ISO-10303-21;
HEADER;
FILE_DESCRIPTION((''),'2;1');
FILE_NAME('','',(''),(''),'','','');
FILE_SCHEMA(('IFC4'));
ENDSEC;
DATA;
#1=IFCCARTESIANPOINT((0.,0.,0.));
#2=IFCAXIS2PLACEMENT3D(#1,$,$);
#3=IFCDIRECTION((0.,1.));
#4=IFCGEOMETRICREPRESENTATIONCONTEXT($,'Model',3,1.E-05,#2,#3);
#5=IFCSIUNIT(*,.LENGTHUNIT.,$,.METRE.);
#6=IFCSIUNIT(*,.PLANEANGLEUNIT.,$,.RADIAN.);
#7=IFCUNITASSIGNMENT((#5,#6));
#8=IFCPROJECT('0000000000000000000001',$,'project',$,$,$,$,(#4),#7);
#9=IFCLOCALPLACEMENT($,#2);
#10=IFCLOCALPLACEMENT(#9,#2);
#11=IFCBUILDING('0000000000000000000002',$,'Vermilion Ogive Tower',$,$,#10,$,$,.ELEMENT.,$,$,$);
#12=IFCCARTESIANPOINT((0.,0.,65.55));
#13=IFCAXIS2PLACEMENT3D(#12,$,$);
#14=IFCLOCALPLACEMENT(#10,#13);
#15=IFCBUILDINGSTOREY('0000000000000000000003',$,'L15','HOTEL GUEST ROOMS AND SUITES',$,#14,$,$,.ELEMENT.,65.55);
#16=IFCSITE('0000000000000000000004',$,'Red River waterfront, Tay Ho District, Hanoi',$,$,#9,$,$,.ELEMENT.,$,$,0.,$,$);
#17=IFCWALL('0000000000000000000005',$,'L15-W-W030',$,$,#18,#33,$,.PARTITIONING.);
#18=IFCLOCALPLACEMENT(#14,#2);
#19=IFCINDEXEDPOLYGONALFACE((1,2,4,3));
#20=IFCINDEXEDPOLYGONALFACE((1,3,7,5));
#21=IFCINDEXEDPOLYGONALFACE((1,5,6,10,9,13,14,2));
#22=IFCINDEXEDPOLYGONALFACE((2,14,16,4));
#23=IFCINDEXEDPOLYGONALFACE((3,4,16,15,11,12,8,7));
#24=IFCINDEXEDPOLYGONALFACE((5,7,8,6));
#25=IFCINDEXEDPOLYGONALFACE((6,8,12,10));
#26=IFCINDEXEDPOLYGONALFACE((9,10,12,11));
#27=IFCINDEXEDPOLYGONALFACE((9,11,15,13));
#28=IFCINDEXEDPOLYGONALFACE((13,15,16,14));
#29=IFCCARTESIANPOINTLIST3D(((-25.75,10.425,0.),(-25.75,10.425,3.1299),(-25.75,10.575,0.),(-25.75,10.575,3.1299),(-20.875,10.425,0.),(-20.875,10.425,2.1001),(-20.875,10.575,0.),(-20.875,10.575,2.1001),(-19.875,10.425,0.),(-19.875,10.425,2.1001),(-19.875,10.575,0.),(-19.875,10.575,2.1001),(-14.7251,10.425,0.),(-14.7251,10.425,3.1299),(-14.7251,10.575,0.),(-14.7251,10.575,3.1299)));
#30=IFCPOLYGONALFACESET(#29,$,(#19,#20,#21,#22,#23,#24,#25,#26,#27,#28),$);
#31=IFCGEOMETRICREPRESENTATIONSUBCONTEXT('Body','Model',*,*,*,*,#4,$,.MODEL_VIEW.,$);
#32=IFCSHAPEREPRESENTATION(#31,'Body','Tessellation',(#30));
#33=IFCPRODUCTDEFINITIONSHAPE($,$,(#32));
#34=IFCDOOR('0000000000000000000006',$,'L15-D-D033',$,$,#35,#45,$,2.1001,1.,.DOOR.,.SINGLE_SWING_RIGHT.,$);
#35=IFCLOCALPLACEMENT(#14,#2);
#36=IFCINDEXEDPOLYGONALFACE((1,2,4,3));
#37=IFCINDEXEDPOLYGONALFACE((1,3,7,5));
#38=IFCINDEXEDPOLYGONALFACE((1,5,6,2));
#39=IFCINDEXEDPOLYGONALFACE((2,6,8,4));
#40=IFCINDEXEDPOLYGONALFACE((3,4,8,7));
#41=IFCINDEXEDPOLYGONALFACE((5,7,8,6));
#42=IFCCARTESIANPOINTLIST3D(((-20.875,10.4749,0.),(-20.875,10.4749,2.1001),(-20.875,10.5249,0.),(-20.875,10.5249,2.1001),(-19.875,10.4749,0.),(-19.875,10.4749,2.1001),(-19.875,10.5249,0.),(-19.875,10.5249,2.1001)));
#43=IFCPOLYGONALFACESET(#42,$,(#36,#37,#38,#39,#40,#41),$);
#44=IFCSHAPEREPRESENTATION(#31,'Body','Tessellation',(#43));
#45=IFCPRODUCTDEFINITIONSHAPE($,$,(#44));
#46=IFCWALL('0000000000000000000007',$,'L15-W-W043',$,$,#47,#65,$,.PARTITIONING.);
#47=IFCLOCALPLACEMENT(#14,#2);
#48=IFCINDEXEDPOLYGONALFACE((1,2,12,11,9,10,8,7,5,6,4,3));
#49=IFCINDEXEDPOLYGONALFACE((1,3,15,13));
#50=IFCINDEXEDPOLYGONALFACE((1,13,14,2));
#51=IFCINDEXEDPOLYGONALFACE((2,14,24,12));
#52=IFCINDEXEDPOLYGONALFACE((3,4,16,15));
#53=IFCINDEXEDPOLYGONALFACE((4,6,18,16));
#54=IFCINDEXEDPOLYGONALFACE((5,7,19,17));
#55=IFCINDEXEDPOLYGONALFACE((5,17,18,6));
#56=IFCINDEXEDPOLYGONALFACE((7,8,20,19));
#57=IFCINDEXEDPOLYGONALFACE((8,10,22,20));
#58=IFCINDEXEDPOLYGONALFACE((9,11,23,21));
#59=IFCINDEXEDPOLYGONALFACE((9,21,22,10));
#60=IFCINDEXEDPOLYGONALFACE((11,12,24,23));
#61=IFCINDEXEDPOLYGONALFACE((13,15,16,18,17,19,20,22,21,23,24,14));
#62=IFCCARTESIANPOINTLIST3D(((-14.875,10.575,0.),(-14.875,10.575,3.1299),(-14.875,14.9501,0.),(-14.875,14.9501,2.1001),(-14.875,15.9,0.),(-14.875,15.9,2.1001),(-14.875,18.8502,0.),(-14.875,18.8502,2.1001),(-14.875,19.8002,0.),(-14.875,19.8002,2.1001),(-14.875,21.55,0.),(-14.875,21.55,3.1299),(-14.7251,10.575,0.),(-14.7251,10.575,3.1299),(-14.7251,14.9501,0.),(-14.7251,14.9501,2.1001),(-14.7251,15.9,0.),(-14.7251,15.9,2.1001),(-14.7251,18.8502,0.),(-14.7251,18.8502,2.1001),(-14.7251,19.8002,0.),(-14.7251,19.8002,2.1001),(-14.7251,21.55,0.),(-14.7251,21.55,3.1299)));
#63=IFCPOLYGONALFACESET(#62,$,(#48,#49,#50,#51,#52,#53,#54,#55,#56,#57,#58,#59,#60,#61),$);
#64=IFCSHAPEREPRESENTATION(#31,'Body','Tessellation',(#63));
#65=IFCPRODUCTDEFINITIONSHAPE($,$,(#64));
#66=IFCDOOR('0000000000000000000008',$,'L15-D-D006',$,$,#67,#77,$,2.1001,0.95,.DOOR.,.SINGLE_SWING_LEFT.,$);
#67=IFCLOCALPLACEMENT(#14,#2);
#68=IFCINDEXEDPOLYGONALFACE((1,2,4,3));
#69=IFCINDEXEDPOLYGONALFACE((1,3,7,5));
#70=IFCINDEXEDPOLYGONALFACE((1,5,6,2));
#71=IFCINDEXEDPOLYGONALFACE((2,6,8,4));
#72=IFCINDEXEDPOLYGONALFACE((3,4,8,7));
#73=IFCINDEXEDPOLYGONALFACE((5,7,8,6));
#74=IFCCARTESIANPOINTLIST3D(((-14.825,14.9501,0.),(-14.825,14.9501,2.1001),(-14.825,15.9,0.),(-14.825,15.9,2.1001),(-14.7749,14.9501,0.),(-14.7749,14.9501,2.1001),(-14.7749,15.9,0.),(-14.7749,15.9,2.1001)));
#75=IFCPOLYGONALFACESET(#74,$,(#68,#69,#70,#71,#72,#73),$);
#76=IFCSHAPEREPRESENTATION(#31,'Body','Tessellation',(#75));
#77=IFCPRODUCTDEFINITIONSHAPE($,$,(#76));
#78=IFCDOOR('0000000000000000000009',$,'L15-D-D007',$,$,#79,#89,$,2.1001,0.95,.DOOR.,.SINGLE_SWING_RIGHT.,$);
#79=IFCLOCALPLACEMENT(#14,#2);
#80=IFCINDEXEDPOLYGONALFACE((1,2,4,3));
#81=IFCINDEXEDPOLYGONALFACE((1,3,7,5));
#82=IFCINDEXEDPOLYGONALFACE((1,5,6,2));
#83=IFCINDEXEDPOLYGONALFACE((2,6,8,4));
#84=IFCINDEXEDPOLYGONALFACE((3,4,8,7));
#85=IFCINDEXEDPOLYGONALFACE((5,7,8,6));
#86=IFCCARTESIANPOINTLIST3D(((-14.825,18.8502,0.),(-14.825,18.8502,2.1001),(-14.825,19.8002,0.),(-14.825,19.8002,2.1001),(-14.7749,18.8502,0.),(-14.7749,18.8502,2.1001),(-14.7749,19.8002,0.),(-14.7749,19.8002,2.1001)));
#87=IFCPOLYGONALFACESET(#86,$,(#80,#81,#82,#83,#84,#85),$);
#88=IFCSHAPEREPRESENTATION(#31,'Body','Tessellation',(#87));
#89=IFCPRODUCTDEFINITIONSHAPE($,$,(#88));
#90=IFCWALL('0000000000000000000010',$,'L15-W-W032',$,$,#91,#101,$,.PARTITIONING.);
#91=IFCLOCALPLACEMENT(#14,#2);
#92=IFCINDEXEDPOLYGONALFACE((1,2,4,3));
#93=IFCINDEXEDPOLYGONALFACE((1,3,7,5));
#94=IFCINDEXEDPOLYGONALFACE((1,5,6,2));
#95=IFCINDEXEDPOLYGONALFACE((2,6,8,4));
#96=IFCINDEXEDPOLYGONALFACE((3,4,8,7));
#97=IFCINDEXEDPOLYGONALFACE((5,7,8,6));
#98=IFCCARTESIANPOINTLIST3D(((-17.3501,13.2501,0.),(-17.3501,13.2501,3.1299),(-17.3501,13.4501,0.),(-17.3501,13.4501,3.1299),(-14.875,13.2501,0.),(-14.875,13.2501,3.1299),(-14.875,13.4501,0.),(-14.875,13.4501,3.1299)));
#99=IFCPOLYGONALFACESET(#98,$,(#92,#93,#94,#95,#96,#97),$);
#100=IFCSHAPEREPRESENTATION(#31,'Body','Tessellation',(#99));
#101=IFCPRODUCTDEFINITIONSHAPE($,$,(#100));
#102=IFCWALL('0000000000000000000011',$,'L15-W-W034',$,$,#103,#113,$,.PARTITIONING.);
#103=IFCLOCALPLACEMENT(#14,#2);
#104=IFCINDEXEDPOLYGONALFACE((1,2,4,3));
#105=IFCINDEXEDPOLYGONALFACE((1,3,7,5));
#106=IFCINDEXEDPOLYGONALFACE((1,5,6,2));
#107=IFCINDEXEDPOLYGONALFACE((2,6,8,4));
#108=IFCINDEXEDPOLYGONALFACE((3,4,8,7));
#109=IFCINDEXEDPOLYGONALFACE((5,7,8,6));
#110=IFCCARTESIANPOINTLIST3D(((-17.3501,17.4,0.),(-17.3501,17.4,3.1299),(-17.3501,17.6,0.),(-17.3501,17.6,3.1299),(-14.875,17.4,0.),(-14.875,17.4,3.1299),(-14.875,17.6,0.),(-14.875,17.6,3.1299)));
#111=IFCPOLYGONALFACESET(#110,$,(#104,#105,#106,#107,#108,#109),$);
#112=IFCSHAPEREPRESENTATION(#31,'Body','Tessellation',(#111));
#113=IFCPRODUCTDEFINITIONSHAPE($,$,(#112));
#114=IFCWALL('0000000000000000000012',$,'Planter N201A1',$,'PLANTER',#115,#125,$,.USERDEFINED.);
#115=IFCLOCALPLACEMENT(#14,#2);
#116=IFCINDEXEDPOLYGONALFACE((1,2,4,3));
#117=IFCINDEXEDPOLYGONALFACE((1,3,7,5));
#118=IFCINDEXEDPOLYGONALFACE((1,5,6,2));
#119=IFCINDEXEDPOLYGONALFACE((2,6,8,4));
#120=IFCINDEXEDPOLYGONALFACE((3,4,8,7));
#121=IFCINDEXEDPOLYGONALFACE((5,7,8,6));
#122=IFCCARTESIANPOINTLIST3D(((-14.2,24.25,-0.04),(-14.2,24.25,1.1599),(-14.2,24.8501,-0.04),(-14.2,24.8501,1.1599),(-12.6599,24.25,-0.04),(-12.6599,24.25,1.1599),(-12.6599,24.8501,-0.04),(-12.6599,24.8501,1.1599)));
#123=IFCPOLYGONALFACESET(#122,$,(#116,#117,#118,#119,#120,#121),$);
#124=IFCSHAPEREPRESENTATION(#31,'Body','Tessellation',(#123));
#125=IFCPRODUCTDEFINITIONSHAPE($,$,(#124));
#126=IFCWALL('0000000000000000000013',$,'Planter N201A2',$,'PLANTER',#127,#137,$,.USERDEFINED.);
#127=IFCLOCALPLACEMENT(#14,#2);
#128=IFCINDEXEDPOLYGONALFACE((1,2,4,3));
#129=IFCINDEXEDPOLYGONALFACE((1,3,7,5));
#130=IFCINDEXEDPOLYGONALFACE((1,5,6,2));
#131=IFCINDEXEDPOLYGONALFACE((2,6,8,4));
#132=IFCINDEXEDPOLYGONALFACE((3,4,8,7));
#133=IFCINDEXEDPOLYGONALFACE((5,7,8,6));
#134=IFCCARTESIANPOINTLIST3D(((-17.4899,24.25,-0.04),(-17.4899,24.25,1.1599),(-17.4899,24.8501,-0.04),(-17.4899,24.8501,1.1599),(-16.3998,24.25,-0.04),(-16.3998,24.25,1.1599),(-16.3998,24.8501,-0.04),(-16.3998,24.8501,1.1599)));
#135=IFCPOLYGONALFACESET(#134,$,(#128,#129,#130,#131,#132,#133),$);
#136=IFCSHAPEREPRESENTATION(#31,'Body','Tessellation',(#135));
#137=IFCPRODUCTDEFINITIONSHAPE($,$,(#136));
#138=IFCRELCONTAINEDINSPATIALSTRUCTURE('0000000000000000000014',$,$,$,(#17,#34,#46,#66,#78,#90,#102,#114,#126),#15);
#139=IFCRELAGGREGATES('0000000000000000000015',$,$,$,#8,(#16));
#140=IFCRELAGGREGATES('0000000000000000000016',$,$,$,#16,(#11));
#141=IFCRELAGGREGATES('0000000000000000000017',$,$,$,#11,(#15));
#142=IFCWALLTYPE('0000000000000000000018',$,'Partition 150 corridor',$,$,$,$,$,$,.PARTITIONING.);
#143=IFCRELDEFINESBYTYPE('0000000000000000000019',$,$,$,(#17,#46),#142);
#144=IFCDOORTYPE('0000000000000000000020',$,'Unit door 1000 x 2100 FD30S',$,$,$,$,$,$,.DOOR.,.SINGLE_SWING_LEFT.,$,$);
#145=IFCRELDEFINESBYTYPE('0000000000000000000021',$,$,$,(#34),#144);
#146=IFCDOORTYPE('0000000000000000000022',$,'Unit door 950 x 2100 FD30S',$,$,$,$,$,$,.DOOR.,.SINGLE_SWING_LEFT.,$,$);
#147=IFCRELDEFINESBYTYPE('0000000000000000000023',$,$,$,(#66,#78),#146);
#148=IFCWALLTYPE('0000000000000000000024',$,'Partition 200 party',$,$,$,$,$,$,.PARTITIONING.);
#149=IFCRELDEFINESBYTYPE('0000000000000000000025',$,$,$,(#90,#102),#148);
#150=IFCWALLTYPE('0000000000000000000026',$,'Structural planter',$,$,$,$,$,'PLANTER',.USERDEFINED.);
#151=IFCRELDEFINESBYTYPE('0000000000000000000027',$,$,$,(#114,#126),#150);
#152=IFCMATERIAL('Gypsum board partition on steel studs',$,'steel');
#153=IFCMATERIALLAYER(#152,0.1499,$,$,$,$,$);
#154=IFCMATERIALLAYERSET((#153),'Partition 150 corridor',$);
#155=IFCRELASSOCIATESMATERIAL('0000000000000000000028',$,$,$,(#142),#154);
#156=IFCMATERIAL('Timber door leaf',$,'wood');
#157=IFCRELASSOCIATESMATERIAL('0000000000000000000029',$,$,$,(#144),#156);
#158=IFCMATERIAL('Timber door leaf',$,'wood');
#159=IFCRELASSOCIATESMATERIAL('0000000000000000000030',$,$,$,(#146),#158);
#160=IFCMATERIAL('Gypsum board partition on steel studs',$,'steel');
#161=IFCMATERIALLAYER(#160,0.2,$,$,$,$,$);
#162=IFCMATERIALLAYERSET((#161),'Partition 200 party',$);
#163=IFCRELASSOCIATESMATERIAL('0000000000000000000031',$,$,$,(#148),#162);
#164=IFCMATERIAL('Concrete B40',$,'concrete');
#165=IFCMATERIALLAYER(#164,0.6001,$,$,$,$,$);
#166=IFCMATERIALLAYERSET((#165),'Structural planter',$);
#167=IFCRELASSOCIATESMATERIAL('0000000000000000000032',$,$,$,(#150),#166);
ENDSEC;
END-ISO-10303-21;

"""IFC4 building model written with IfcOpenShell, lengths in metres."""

from ifc_helpers import new_model, si_unit, direction, frame, frame_2d, origin, place, context, subcontext, project, spatial, rectangle, extrude, material, layer, layer_set, type_object, element, fill, save


model = new_model("IFC4")

# Units and contexts
model_context = context("Model", 3, precision=1e-05, world=origin(), true_north=direction((0.0, 1.0)))
body_context = subcontext(model_context, "Body", "Model", "MODEL_VIEW")
ifc_project = project(units=[si_unit("LENGTHUNIT", "METRE"), si_unit("PLANEANGLEUNIT", "RADIAN")], contexts=[model_context])

# Site, building, storey
site_placement = place(None, origin())
site = spatial("IfcSite", under=ifc_project, at=site_placement, Name="Red River waterfront, Tay Ho District, Hanoi", CompositionType="ELEMENT", RefElevation=0.0)
building_placement = place(site_placement, origin())
building = spatial("IfcBuilding", under=site, at=building_placement, Name="Vermilion Ogive Tower", CompositionType="ELEMENT")
storey_placement = place(building_placement, frame((0.0, 0.0, 65.55)))
storey = spatial("IfcBuildingStorey", under=building, at=storey_placement, Name="L15", Description="HOTEL GUEST ROOMS AND SUITES", CompositionType="ELEMENT", Elevation=65.55)

# Wall, opening, door
ifc_material_1 = material(Name="Gypsum board partition on steel studs", Category="steel")
ifc_layer_1 = layer(ifc_material_1, 0.1499)
ifc_layer_set_1 = layer_set([ifc_layer_1], Name="Partition 150 corridor")
wall_type_1 = type_object("IfcWallType", Name="Partition 150 corridor", PredefinedType="PARTITIONING", material=ifc_layer_set_1)
ifc_material_2 = material(Name="Timber door leaf", Category="wood")
door_type_1 = type_object("IfcDoorType", Name="Unit door 1000 x 2100 FD30S", OperationType="SINGLE_SWING_LEFT", PredefinedType="DOOR", material=ifc_material_2)
wall_1_placement = place(storey_placement, frame((-25.75, 10.5, 0.0), z_axis=(0.0, 0.0, 1.0), x_axis=(1.0, 0.0, 0.0)))
wall_1 = element("IfcWall", 1, at=wall_1_placement, inside=storey, type_object=wall_type_1, Name="L15-W-W030", PredefinedType="PARTITIONING", context=body_context, shape_type="SweptSolid", body=[
    extrude(rectangle(XDim=11.0249, YDim=0.1499, at=frame_2d((5.5125, 0.0))), origin(), (0.0, 0.0, 1.0), 3.1299),
])
opening_1_placement = place(wall_1_placement, frame((4.875, 0.0, 0.0)))
opening_1 = element("IfcOpeningElement", 2, at=opening_1_placement, cuts=wall_1, PredefinedType="OPENING", context=body_context, shape_type="SweptSolid", body=[
    extrude(rectangle(XDim=1.0, YDim=2.1001, at=frame_2d((0.5, 1.05))), frame((0.0, 0.085, 0.0), z_axis=(0.0, -1.0, 0.0), x_axis=(1.0, 0.0, 0.0)), (0.0, 0.0, 1.0), 0.1699),
])
door_1_placement = place(opening_1_placement, origin())
door_1 = element("IfcDoor", 3, at=door_1_placement, inside=storey, type_object=door_type_1, Name="L15-D-D033", OperationType="SINGLE_SWING_RIGHT", OverallHeight=2.1001, OverallWidth=1.0, PredefinedType="DOOR", context=body_context, shape_type="SweptSolid", body=[
    extrude(rectangle(XDim=1.0, YDim=2.1001, at=frame_2d((0.5, 1.05))), frame((0.0, 0.0249, 0.0), z_axis=(0.0, -1.0, 0.0), x_axis=(1.0, 0.0, 0.0)), (0.0, 0.0, 1.0), 0.05),
])
fill(opening_1, door_1)

# Wall, openings, doors
wall_2_placement = place(storey_placement, frame((-14.8, 10.575, 0.0), z_axis=(0.0, 0.0, 1.0), x_axis=(0.0, 1.0, 0.0)))
wall_2 = element("IfcWall", 4, at=wall_2_placement, inside=storey, type_object=wall_type_1, Name="L15-W-W043", PredefinedType="PARTITIONING", context=body_context, shape_type="SweptSolid", body=[
    extrude(rectangle(XDim=10.9751, YDim=0.1499, at=frame_2d((5.4875, 0.0))), origin(), (0.0, 0.0, 1.0), 3.1299),
])
opening_2_placement = place(wall_2_placement, frame((4.375, 0.0, 0.0)))
opening_2 = element("IfcOpeningElement", 5, at=opening_2_placement, cuts=wall_2, PredefinedType="OPENING", context=body_context, shape_type="SweptSolid", body=[
    extrude(rectangle(XDim=0.95, YDim=2.1001, at=frame_2d((0.4751, 1.05))), frame((0.0, 0.085, 0.0), z_axis=(0.0, -1.0, 0.0), x_axis=(1.0, 0.0, 0.0)), (0.0, 0.0, 1.0), 0.1699),
])
opening_3_placement = place(wall_2_placement, frame((8.2751, 0.0, 0.0)))
opening_3 = element("IfcOpeningElement", 6, at=opening_3_placement, cuts=wall_2, PredefinedType="OPENING", context=body_context, shape_type="SweptSolid", body=[
    extrude(rectangle(XDim=0.95, YDim=2.1001, at=frame_2d((0.4751, 1.05))), frame((0.0, 0.085, 0.0), z_axis=(0.0, -1.0, 0.0), x_axis=(1.0, 0.0, 0.0)), (0.0, 0.0, 1.0), 0.1699),
])
ifc_material_3 = material(Name="Timber door leaf", Category="wood")
door_type_2 = type_object("IfcDoorType", Name="Unit door 950 x 2100 FD30S", OperationType="SINGLE_SWING_LEFT", PredefinedType="DOOR", material=ifc_material_3)
door_2_placement = place(opening_2_placement, origin())
door_2 = element("IfcDoor", 7, at=door_2_placement, inside=storey, type_object=door_type_2, Name="L15-D-D006", OperationType="SINGLE_SWING_LEFT", OverallHeight=2.1001, OverallWidth=0.95, PredefinedType="DOOR", context=body_context, shape_type="SweptSolid", body=[
    extrude(rectangle(XDim=0.95, YDim=2.1001, at=frame_2d((0.4751, 1.05))), frame((0.0, 0.0249, 0.0), z_axis=(0.0, -1.0, 0.0), x_axis=(1.0, 0.0, 0.0)), (0.0, 0.0, 1.0), 0.05),
])
fill(opening_2, door_2)
door_3_placement = place(opening_3_placement, origin())
door_3 = element("IfcDoor", 8, at=door_3_placement, inside=storey, type_object=door_type_2, Name="L15-D-D007", OperationType="SINGLE_SWING_RIGHT", OverallHeight=2.1001, OverallWidth=0.95, PredefinedType="DOOR", context=body_context, shape_type="SweptSolid", body=[
    extrude(rectangle(XDim=0.95, YDim=2.1001, at=frame_2d((0.4751, 1.05))), frame((0.0, 0.0249, 0.0), z_axis=(0.0, -1.0, 0.0), x_axis=(1.0, 0.0, 0.0)), (0.0, 0.0, 1.0), 0.05),
])
fill(opening_3, door_3)

# Walls
ifc_material_4 = material(Name="Gypsum board partition on steel studs", Category="steel")
ifc_layer_2 = layer(ifc_material_4, 0.2)
ifc_layer_set_2 = layer_set([ifc_layer_2], Name="Partition 200 party")
wall_type_2 = type_object("IfcWallType", Name="Partition 200 party", PredefinedType="PARTITIONING", material=ifc_layer_set_2)
for number, where, z_axis, x_axis, name in (
    (9, (-17.3501, 13.3501, 0.0), (0.0, 0.0, 1.0), (1.0, 0.0, 0.0), "L15-W-W032"),
    (10, (-17.3501, 17.5, 0.0), (0.0, 0.0, 1.0), (1.0, 0.0, 0.0), "L15-W-W034"),
):
    element("IfcWall", number, at=place(storey_placement, frame(where, z_axis=z_axis, x_axis=x_axis)), inside=storey, type_object=wall_type_2, Name=name, PredefinedType="PARTITIONING", context=body_context, shape_type="SweptSolid", body=[
        extrude(rectangle(XDim=2.4751, YDim=0.2, at=frame_2d((1.2375, 0.0))), origin(), (0.0, 0.0, 1.0), 3.1299),
    ])
ifc_material_5 = material(Name="Concrete B40", Category="concrete")
ifc_layer_3 = layer(ifc_material_5, 0.6001)
ifc_layer_set_3 = layer_set([ifc_layer_3], Name="Structural planter")
wall_type_3 = type_object("IfcWallType", Name="Structural planter", ElementType="PLANTER", PredefinedType="USERDEFINED", material=ifc_layer_set_3)
wall_3_placement = place(storey_placement, frame((-12.6599, 24.55, -0.04), z_axis=(0.0, 0.0, 1.0), x_axis=(-1.0, 0.0, 0.0)))
element("IfcWall", 11, at=wall_3_placement, inside=storey, type_object=wall_type_3, Name="Planter N201A1", ObjectType="PLANTER", PredefinedType="USERDEFINED", context=body_context, shape_type="SweptSolid", body=[
    extrude(rectangle(XDim=1.54, YDim=0.6001, at=frame_2d((0.77, 0.0))), origin(), (0.0, 0.0, 1.0), 1.2),
])
wall_4_placement = place(storey_placement, frame((-16.3999, 24.55, -0.04), z_axis=(0.0, 0.0, 1.0), x_axis=(-1.0, 0.0, 0.0)))
element("IfcWall", 12, at=wall_4_placement, inside=storey, type_object=wall_type_3, Name="Planter N201A2", ObjectType="PLANTER", PredefinedType="USERDEFINED", context=body_context, shape_type="SweptSolid", body=[
    extrude(rectangle(XDim=1.0901, YDim=0.6001, at=frame_2d((0.5449, 0.0))), origin(), (0.0, 0.0, 1.0), 1.2),
])

save(model, "model.ifc")
